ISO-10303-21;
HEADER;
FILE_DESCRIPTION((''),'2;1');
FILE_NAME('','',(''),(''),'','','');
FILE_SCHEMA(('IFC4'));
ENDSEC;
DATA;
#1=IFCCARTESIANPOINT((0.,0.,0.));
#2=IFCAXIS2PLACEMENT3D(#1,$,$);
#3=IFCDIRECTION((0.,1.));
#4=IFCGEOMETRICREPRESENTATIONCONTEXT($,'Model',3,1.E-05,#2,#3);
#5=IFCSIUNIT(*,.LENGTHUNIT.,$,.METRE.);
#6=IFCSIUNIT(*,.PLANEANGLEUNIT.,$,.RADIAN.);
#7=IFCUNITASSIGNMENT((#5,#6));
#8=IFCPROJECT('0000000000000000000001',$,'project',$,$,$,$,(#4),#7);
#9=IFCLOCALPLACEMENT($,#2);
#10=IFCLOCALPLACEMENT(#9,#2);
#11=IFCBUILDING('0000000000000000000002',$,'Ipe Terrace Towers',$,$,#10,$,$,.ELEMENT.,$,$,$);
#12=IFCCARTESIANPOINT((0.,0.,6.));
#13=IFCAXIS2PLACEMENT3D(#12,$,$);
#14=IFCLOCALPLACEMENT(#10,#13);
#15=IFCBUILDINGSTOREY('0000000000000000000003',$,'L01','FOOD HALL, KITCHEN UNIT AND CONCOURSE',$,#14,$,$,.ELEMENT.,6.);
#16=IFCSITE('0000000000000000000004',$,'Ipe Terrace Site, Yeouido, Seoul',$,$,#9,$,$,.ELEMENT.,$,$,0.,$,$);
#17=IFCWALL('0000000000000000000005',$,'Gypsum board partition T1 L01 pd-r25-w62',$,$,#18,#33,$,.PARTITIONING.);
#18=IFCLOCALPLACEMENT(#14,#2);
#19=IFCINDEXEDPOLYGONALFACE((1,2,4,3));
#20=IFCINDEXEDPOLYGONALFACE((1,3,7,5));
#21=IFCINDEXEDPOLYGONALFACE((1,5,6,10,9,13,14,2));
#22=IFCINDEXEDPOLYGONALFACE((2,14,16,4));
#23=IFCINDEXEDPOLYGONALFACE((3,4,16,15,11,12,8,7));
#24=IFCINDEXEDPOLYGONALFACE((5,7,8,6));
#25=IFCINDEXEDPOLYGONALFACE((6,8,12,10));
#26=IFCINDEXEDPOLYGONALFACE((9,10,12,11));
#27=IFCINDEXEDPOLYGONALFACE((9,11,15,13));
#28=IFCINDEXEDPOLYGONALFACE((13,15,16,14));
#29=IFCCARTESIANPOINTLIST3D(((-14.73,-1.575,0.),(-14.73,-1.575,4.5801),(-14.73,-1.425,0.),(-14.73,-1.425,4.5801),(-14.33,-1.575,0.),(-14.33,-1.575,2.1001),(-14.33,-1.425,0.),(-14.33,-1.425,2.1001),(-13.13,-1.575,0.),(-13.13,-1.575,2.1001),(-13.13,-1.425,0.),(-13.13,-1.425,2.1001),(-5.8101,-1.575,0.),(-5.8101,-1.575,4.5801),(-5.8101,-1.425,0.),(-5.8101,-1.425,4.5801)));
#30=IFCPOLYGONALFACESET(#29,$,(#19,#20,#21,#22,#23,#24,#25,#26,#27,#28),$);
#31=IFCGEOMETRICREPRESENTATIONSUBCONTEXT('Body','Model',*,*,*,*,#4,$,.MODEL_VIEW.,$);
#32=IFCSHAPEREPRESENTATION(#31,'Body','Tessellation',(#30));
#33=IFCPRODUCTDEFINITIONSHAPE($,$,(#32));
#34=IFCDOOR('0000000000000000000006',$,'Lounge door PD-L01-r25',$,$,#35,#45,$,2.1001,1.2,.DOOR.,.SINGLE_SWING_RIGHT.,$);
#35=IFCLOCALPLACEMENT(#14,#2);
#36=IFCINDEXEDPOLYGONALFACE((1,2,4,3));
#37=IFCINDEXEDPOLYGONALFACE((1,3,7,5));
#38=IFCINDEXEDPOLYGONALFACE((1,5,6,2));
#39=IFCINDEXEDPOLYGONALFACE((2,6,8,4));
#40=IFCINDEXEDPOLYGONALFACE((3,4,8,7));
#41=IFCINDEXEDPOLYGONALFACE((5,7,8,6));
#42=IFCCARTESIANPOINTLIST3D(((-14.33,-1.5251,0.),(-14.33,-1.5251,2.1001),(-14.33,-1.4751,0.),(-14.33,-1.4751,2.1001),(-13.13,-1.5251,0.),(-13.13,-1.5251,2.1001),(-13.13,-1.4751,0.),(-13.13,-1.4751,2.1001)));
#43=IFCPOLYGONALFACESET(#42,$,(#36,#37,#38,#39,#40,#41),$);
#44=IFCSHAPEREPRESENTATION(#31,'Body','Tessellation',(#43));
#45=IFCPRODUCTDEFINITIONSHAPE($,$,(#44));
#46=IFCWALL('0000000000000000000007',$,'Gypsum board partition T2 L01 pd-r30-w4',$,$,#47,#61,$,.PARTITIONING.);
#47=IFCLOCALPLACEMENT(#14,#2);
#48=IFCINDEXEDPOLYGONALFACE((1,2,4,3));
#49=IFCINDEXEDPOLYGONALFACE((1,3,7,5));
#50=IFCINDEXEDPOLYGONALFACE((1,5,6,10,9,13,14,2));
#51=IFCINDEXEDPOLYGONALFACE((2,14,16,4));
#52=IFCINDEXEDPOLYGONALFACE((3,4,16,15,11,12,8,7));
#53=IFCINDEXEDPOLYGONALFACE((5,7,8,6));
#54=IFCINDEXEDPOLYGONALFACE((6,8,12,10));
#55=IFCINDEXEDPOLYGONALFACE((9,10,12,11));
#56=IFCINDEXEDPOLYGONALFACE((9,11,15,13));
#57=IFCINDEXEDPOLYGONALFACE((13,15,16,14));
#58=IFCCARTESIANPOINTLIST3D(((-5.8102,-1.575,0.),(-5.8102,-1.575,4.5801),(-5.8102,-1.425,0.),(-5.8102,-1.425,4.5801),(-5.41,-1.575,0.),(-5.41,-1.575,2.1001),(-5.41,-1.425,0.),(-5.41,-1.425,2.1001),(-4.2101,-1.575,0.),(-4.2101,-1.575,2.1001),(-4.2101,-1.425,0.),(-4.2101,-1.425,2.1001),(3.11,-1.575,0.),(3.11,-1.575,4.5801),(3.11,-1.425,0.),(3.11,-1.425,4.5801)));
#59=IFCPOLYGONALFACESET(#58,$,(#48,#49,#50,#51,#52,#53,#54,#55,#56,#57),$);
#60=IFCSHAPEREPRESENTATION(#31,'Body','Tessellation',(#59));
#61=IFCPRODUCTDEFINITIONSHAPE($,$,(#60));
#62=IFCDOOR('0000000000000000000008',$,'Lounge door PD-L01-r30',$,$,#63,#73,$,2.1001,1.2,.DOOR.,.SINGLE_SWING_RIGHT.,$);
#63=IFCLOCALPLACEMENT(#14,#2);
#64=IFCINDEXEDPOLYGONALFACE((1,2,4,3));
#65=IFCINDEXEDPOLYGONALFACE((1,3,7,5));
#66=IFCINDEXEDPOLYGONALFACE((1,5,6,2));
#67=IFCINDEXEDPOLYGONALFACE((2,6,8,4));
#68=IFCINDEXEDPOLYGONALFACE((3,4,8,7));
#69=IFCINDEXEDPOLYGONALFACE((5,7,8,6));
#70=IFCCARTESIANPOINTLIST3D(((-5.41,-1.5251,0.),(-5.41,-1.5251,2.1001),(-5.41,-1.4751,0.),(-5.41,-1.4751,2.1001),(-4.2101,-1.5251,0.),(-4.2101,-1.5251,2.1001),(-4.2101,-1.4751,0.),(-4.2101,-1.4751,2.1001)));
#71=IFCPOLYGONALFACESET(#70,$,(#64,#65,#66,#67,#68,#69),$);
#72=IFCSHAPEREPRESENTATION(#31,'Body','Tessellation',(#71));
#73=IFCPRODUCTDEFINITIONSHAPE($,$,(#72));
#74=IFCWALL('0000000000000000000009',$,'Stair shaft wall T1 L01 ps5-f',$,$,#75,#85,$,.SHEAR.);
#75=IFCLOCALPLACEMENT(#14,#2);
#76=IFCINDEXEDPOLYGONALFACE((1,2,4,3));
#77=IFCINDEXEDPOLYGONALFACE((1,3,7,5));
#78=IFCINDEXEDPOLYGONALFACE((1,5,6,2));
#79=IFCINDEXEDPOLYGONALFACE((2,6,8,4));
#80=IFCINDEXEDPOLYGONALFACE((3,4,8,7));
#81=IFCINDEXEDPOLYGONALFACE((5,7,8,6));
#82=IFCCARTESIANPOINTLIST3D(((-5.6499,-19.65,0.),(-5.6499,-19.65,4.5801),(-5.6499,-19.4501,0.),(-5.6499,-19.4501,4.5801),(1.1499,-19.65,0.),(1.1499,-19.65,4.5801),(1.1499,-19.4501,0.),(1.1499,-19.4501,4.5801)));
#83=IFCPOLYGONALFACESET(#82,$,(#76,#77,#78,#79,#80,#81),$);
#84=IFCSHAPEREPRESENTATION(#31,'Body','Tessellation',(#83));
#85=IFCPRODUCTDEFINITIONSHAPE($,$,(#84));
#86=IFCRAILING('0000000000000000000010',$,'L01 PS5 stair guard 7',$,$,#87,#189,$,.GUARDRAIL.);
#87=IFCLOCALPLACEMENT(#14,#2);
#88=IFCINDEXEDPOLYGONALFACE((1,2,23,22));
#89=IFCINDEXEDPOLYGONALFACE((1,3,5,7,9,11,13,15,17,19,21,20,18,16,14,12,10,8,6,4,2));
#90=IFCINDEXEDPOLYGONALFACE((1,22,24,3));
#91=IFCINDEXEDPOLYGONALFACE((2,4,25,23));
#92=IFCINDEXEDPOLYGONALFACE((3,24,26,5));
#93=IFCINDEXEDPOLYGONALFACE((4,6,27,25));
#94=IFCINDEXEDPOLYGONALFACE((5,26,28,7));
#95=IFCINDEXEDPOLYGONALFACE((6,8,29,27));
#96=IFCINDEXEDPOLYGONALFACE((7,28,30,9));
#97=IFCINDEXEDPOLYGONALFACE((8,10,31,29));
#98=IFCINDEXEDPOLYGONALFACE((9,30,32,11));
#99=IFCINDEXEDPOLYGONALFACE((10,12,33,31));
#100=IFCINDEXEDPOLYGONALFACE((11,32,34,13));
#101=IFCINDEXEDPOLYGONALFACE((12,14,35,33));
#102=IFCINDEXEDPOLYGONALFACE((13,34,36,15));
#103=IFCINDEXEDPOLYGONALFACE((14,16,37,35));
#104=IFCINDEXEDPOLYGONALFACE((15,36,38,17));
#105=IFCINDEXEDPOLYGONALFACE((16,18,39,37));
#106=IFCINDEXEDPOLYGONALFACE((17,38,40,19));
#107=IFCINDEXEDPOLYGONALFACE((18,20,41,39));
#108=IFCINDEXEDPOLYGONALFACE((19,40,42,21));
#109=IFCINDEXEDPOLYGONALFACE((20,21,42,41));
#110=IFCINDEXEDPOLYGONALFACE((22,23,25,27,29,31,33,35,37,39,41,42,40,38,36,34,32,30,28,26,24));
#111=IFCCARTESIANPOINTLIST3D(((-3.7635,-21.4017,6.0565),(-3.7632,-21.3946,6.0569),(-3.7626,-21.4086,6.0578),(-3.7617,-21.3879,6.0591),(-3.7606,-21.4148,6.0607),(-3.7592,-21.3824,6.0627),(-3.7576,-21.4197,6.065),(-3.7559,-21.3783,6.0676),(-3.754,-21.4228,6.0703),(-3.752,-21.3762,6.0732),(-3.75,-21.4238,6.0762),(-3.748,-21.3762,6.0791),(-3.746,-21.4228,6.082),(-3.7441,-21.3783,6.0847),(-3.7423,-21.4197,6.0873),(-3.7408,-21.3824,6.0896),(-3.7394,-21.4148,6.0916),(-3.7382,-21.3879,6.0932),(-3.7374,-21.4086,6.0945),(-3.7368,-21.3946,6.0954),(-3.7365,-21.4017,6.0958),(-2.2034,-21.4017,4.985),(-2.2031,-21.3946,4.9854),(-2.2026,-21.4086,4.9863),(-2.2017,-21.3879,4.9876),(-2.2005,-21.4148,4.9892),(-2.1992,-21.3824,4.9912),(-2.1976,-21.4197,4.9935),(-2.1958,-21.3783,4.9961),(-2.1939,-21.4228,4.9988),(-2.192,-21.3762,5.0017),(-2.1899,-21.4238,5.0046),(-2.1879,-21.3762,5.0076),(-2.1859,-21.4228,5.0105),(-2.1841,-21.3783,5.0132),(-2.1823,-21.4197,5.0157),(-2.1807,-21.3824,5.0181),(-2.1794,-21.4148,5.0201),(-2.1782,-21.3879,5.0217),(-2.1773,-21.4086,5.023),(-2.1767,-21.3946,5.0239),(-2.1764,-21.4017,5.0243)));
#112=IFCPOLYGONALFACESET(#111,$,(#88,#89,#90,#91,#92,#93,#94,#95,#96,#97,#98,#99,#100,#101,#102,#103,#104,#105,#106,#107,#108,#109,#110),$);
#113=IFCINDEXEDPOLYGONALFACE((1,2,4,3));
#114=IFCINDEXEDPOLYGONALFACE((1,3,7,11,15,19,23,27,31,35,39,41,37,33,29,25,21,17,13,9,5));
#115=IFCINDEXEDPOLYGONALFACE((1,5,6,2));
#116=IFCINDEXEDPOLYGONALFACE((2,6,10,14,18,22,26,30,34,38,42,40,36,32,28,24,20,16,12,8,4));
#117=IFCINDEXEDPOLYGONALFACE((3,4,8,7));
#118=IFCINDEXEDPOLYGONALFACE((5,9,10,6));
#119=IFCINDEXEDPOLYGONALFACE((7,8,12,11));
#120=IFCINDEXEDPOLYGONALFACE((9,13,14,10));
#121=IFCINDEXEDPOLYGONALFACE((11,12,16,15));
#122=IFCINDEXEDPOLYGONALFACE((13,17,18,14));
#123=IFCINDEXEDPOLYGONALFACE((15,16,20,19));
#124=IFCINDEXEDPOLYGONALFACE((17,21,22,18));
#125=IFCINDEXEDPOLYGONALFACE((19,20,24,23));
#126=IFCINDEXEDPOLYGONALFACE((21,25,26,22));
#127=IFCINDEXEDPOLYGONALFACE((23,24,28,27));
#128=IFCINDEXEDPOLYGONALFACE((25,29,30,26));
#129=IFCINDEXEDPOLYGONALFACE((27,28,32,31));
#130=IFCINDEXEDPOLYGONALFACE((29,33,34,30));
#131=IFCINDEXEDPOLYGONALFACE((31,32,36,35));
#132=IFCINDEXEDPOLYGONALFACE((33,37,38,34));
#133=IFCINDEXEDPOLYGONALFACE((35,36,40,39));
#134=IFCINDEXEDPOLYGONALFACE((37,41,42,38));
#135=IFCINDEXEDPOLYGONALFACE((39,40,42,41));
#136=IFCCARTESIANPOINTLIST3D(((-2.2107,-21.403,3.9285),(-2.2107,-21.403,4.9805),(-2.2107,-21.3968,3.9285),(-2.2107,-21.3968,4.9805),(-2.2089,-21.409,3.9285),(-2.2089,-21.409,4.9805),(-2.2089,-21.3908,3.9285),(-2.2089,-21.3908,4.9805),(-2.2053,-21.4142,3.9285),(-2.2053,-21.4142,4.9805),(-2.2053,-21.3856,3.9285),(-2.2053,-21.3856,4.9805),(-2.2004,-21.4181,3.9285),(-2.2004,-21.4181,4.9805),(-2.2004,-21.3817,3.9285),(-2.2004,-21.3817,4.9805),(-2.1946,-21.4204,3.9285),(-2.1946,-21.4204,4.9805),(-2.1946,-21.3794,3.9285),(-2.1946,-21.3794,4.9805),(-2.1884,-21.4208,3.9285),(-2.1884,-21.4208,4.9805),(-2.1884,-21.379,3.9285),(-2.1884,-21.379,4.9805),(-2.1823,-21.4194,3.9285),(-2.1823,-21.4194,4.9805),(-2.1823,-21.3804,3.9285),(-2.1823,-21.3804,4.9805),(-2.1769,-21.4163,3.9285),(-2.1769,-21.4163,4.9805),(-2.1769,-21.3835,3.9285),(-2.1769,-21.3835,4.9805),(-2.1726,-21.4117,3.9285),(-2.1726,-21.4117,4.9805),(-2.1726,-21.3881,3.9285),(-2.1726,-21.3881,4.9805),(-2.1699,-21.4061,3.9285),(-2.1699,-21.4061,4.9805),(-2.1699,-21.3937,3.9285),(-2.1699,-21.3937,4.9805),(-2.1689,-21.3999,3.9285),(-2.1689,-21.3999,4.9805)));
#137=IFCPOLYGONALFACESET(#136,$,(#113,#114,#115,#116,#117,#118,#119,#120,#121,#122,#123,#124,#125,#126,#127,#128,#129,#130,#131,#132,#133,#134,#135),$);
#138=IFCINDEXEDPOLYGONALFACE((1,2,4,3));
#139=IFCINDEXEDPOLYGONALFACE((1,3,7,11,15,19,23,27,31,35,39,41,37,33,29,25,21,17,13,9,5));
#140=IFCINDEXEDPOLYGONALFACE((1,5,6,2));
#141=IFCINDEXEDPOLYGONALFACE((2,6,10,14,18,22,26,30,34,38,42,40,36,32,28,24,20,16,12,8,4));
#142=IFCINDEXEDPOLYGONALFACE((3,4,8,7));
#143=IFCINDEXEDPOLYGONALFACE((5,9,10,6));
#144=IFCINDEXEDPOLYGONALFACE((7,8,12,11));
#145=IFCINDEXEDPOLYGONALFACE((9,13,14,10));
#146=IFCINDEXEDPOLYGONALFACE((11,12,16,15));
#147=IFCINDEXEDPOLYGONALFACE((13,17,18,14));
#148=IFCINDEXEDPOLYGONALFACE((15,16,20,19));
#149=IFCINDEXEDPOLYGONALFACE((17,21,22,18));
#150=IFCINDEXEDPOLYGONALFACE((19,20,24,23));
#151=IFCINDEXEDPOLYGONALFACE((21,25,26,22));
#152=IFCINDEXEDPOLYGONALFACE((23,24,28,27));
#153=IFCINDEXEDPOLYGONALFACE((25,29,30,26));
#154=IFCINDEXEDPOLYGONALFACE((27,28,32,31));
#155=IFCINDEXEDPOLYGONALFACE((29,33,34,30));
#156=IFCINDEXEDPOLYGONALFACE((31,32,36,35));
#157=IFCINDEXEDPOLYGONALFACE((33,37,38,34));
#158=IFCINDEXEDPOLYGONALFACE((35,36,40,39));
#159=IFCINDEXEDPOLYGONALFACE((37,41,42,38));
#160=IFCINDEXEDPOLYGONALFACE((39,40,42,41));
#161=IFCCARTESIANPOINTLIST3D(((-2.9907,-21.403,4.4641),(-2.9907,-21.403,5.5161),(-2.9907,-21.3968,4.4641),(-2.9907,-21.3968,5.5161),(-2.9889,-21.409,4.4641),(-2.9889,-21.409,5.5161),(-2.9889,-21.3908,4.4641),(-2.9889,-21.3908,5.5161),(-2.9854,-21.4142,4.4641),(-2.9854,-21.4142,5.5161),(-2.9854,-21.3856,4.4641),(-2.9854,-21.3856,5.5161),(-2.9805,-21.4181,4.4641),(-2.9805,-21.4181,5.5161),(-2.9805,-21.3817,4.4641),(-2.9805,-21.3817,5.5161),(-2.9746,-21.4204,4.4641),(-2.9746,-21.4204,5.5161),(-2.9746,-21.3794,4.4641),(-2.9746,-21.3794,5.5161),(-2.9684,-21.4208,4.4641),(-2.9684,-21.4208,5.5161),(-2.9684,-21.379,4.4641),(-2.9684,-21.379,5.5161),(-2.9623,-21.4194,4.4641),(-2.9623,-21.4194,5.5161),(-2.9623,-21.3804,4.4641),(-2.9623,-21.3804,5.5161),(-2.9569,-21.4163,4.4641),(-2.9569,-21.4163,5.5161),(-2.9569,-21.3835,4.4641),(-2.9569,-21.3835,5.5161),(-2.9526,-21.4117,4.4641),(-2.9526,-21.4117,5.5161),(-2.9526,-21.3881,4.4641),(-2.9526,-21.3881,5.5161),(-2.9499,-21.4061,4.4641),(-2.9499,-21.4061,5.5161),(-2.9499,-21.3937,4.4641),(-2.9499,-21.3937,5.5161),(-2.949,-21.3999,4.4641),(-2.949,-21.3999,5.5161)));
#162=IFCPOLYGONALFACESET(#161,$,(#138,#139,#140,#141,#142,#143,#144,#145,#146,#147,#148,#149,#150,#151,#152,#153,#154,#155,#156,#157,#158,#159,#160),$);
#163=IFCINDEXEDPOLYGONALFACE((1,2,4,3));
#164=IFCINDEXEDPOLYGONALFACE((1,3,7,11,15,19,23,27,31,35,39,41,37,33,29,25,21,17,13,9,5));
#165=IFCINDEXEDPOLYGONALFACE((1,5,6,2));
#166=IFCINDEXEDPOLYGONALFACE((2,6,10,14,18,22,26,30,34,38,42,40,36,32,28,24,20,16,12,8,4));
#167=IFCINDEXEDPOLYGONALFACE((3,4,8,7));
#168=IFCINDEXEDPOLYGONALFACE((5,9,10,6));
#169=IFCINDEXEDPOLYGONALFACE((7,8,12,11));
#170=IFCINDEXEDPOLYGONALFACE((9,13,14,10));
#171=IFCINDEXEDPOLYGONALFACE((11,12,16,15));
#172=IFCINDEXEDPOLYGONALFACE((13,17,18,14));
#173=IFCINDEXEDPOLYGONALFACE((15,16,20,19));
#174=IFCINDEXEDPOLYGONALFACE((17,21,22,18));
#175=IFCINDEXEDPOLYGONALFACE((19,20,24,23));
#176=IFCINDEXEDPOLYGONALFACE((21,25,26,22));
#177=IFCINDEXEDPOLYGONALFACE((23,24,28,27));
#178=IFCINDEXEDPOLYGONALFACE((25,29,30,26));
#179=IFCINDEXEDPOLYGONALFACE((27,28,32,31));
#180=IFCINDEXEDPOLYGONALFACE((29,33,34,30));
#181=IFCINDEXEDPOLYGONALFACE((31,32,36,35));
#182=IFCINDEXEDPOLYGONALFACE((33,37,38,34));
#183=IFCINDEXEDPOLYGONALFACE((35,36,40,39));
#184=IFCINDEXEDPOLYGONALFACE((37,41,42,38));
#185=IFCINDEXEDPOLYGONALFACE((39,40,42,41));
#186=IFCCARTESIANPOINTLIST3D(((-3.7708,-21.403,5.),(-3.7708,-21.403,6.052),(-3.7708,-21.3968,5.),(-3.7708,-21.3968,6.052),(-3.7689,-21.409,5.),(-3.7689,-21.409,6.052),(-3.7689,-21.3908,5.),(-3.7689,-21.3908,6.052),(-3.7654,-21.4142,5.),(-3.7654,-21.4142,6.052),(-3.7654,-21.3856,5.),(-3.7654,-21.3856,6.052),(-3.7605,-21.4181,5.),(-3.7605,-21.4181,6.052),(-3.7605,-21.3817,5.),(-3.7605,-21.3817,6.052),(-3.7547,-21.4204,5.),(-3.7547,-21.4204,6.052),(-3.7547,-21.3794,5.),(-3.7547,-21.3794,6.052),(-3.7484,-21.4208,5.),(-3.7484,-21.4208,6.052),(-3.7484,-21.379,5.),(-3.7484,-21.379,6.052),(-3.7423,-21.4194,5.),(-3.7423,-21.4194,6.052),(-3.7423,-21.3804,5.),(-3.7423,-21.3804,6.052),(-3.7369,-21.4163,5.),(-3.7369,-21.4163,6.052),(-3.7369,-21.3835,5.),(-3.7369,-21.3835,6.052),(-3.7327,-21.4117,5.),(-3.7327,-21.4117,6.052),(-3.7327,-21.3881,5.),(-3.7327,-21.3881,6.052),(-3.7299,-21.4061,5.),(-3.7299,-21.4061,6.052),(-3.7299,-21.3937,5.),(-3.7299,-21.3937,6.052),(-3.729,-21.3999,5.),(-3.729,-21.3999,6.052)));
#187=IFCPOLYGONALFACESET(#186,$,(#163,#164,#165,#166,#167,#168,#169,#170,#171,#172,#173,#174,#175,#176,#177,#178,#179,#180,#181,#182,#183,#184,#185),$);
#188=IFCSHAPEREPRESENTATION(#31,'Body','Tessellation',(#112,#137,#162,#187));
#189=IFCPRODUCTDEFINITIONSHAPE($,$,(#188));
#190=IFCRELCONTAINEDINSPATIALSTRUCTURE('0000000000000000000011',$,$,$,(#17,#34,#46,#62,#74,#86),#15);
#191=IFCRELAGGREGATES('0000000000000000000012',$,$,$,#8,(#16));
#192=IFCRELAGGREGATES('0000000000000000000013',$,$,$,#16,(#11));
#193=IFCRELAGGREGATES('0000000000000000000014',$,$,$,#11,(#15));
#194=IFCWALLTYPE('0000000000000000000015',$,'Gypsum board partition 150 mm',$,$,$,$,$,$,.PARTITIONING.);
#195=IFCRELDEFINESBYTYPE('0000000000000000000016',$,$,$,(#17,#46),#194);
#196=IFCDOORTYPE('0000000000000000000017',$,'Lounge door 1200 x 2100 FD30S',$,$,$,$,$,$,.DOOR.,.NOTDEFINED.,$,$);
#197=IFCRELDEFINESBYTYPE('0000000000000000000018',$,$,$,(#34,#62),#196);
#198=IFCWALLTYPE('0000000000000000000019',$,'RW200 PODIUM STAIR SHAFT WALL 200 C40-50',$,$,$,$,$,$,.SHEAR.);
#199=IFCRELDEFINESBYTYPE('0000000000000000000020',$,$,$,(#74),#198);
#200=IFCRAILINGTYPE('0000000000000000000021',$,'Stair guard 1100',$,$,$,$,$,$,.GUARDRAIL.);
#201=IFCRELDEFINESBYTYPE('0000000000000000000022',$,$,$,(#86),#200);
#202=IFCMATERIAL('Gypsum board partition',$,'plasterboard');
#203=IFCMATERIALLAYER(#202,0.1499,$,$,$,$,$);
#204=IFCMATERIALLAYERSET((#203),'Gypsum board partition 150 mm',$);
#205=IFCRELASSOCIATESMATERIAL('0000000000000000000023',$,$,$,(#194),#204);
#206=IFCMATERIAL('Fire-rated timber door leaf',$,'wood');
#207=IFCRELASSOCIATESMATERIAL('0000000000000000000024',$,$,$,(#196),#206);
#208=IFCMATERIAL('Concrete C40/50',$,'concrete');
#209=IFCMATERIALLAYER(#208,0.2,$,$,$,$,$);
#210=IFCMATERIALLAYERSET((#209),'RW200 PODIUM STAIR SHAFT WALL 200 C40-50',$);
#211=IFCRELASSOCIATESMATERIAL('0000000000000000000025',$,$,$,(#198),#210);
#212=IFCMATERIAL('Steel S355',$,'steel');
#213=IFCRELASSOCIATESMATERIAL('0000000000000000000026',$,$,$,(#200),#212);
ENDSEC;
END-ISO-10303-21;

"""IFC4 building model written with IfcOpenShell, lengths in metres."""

from ifc_helpers import new_model, si_unit, direction, frame, frame_2d, origin, origin_2d, place, context, subcontext, project, spatial, rectangle, circle, extrude, material, layer, layer_set, type_object, element, fill, save


model = new_model("IFC4")

# Units and contexts
model_context = context("Model", 3, precision=1e-05, world=origin(), true_north=direction((0.0, 1.0)))
body_context = subcontext(model_context, "Body", "Model", "MODEL_VIEW")
ifc_project = project(units=[si_unit("LENGTHUNIT", "METRE"), si_unit("PLANEANGLEUNIT", "RADIAN")], contexts=[model_context])

# Site, building, storey
site_placement = place(None, origin())
site = spatial("IfcSite", under=ifc_project, at=site_placement, Name="Ipe Terrace Site, Yeouido, Seoul", CompositionType="ELEMENT", RefElevation=0.0)
building_placement = place(site_placement, origin())
building = spatial("IfcBuilding", under=site, at=building_placement, Name="Ipe Terrace Towers", CompositionType="ELEMENT")
storey_placement = place(building_placement, frame((0.0, 0.0, 6.0)))
storey = spatial("IfcBuildingStorey", under=building, at=storey_placement, Name="L01", Description="FOOD HALL, KITCHEN UNIT AND CONCOURSE", CompositionType="ELEMENT", Elevation=6.0)

# Shared definitions
ifc_material_1 = material(Name="Gypsum board partition", Category="plasterboard")
ifc_layer_1 = layer(ifc_material_1, 0.1499)
ifc_layer_set_1 = layer_set([ifc_layer_1], Name="Gypsum board partition 150 mm")
wall_type_1 = type_object("IfcWallType", Name="Gypsum board partition 150 mm", PredefinedType="PARTITIONING", material=ifc_layer_set_1)

# Walls, openings, doors
wall_1_placement = place(storey_placement, frame((-14.73, -1.5, 0.0), z_axis=(0.0, 0.0, 1.0), x_axis=(1.0, 0.0, 0.0)))
wall_1 = element("IfcWall", 1, at=wall_1_placement, inside=storey, type_object=wall_type_1, Name="Gypsum board partition T1 L01 pd-r25-w62", PredefinedType="PARTITIONING", context=body_context, shape_type="SweptSolid", body=[
    extrude(rectangle(XDim=8.9199, YDim=0.1499, at=frame_2d((4.46, 0.0))), origin(), (0.0, 0.0, 1.0), 4.5801),
])
opening_1_placement = place(wall_1_placement, frame((0.3999, 0.0, 0.0)))
opening_1 = element("IfcOpeningElement", 2, at=opening_1_placement, cuts=wall_1, PredefinedType="OPENING", context=body_context, shape_type="SweptSolid", body=[
    extrude(rectangle(XDim=1.2, YDim=2.1001, at=frame_2d((0.6001, 1.05))), frame((0.0, 0.085, 0.0), z_axis=(0.0, -1.0, 0.0), x_axis=(1.0, 0.0, 0.0)), (0.0, 0.0, 1.0), 0.1699),
])
ifc_material_2 = material(Name="Fire-rated timber door leaf", Category="wood")
door_type = type_object("IfcDoorType", Name="Lounge door 1200 x 2100 FD30S", OperationType="NOTDEFINED", PredefinedType="DOOR", material=ifc_material_2)
door_1_placement = place(opening_1_placement, origin())
door_1 = element("IfcDoor", 3, at=door_1_placement, inside=storey, type_object=door_type, Name="Lounge door PD-L01-r25", OperationType="SINGLE_SWING_RIGHT", OverallHeight=2.1001, OverallWidth=1.2, PredefinedType="DOOR", context=body_context, shape_type="SweptSolid", body=[
    extrude(rectangle(XDim=1.2, YDim=2.1001, at=frame_2d((0.6001, 1.05))), frame((0.0, 0.0249, 0.0), z_axis=(0.0, -1.0, 0.0), x_axis=(1.0, 0.0, 0.0)), (0.0, 0.0, 1.0), 0.05),
])
fill(opening_1, door_1)
wall_2_placement = place(storey_placement, frame((-5.8101, -1.5, 0.0), z_axis=(0.0, 0.0, 1.0), x_axis=(1.0, 0.0, 0.0)))
wall_2 = element("IfcWall", 4, at=wall_2_placement, inside=storey, type_object=wall_type_1, Name="Gypsum board partition T2 L01 pd-r30-w4", PredefinedType="PARTITIONING", context=body_context, shape_type="SweptSolid", body=[
    extrude(rectangle(XDim=8.9202, YDim=0.1499, at=frame_2d((4.46, 0.0))), origin(), (0.0, 0.0, 1.0), 4.5801),
])
opening_2_placement = place(wall_2_placement, frame((0.3999, 0.0, 0.0)))
opening_2 = element("IfcOpeningElement", 5, at=opening_2_placement, cuts=wall_2, PredefinedType="OPENING", context=body_context, shape_type="SweptSolid", body=[
    extrude(rectangle(XDim=1.2, YDim=2.1001, at=frame_2d((0.6001, 1.05))), frame((0.0, 0.085, 0.0), z_axis=(0.0, -1.0, 0.0), x_axis=(1.0, 0.0, 0.0)), (0.0, 0.0, 1.0), 0.1699),
])
door_2_placement = place(opening_2_placement, origin())
door_2 = element("IfcDoor", 6, at=door_2_placement, inside=storey, type_object=door_type, Name="Lounge door PD-L01-r30", OperationType="SINGLE_SWING_RIGHT", OverallHeight=2.1001, OverallWidth=1.2, PredefinedType="DOOR", context=body_context, shape_type="SweptSolid", body=[
    extrude(rectangle(XDim=1.2, YDim=2.1001, at=frame_2d((0.6001, 1.05))), frame((0.0, 0.0249, 0.0), z_axis=(0.0, -1.0, 0.0), x_axis=(1.0, 0.0, 0.0)), (0.0, 0.0, 1.0), 0.05),
])
fill(opening_2, door_2)

# Wall
ifc_material_3 = material(Name="Concrete C40/50", Category="concrete")
ifc_layer_2 = layer(ifc_material_3, 0.2)
ifc_layer_set_2 = layer_set([ifc_layer_2], Name="RW200 PODIUM STAIR SHAFT WALL 200 C40-50")
wall_type_2 = type_object("IfcWallType", Name="RW200 PODIUM STAIR SHAFT WALL 200 C40-50", PredefinedType="SHEAR", material=ifc_layer_set_2)
wall_3_placement = place(storey_placement, frame((-5.6499, -19.55, 0.0), z_axis=(0.0, 0.0, 1.0), x_axis=(1.0, 0.0, 0.0)))
element("IfcWall", 7, at=wall_3_placement, inside=storey, type_object=wall_type_2, Name="Stair shaft wall T1 L01 ps5-f", PredefinedType="SHEAR", context=body_context, shape_type="SweptSolid", body=[
    extrude(rectangle(XDim=6.7998, YDim=0.2, at=frame_2d((3.3999, 0.0))), origin(), (0.0, 0.0, 1.0), 4.5801),
])

# Railing
ifc_material_4 = material(Name="Steel S355", Category="steel")
railing_type_1 = type_object("IfcRailingType", Name="Stair guard 1100", PredefinedType="GUARDRAIL", material=ifc_material_4)
railing_placement = place(storey_placement, frame((-2.1899, -21.3999, 3.9285)))
element("IfcRailing", 8, at=railing_placement, inside=storey, type_object=railing_type_1, Name="L01 PS5 stair guard 7", PredefinedType="GUARDRAIL", context=body_context, shape_type="SweptSolid", body=[
    extrude(circle(Radius=0.0239, at=origin_2d()), frame((0.0, 0.0, 1.0762), z_axis=(-0.82429, 0.0, 0.566167), x_axis=(0.0, -1.0, 0.0)), (0.0, 0.0, 1.0), 1.8926),
    extrude(circle(Radius=0.021, at=origin_2d()), origin(), (0.0, 0.0, 1.0), 1.052),
    extrude(circle(Radius=0.021, at=origin_2d()), frame((-0.78, 0.0, 0.5356)), (0.0, 0.0, 1.0), 1.052),
    extrude(circle(Radius=0.021, at=origin_2d()), frame((-1.5601, 0.0, 1.0715)), (0.0, 0.0, 1.0), 1.052),
])

save(model, "model.ifc")
